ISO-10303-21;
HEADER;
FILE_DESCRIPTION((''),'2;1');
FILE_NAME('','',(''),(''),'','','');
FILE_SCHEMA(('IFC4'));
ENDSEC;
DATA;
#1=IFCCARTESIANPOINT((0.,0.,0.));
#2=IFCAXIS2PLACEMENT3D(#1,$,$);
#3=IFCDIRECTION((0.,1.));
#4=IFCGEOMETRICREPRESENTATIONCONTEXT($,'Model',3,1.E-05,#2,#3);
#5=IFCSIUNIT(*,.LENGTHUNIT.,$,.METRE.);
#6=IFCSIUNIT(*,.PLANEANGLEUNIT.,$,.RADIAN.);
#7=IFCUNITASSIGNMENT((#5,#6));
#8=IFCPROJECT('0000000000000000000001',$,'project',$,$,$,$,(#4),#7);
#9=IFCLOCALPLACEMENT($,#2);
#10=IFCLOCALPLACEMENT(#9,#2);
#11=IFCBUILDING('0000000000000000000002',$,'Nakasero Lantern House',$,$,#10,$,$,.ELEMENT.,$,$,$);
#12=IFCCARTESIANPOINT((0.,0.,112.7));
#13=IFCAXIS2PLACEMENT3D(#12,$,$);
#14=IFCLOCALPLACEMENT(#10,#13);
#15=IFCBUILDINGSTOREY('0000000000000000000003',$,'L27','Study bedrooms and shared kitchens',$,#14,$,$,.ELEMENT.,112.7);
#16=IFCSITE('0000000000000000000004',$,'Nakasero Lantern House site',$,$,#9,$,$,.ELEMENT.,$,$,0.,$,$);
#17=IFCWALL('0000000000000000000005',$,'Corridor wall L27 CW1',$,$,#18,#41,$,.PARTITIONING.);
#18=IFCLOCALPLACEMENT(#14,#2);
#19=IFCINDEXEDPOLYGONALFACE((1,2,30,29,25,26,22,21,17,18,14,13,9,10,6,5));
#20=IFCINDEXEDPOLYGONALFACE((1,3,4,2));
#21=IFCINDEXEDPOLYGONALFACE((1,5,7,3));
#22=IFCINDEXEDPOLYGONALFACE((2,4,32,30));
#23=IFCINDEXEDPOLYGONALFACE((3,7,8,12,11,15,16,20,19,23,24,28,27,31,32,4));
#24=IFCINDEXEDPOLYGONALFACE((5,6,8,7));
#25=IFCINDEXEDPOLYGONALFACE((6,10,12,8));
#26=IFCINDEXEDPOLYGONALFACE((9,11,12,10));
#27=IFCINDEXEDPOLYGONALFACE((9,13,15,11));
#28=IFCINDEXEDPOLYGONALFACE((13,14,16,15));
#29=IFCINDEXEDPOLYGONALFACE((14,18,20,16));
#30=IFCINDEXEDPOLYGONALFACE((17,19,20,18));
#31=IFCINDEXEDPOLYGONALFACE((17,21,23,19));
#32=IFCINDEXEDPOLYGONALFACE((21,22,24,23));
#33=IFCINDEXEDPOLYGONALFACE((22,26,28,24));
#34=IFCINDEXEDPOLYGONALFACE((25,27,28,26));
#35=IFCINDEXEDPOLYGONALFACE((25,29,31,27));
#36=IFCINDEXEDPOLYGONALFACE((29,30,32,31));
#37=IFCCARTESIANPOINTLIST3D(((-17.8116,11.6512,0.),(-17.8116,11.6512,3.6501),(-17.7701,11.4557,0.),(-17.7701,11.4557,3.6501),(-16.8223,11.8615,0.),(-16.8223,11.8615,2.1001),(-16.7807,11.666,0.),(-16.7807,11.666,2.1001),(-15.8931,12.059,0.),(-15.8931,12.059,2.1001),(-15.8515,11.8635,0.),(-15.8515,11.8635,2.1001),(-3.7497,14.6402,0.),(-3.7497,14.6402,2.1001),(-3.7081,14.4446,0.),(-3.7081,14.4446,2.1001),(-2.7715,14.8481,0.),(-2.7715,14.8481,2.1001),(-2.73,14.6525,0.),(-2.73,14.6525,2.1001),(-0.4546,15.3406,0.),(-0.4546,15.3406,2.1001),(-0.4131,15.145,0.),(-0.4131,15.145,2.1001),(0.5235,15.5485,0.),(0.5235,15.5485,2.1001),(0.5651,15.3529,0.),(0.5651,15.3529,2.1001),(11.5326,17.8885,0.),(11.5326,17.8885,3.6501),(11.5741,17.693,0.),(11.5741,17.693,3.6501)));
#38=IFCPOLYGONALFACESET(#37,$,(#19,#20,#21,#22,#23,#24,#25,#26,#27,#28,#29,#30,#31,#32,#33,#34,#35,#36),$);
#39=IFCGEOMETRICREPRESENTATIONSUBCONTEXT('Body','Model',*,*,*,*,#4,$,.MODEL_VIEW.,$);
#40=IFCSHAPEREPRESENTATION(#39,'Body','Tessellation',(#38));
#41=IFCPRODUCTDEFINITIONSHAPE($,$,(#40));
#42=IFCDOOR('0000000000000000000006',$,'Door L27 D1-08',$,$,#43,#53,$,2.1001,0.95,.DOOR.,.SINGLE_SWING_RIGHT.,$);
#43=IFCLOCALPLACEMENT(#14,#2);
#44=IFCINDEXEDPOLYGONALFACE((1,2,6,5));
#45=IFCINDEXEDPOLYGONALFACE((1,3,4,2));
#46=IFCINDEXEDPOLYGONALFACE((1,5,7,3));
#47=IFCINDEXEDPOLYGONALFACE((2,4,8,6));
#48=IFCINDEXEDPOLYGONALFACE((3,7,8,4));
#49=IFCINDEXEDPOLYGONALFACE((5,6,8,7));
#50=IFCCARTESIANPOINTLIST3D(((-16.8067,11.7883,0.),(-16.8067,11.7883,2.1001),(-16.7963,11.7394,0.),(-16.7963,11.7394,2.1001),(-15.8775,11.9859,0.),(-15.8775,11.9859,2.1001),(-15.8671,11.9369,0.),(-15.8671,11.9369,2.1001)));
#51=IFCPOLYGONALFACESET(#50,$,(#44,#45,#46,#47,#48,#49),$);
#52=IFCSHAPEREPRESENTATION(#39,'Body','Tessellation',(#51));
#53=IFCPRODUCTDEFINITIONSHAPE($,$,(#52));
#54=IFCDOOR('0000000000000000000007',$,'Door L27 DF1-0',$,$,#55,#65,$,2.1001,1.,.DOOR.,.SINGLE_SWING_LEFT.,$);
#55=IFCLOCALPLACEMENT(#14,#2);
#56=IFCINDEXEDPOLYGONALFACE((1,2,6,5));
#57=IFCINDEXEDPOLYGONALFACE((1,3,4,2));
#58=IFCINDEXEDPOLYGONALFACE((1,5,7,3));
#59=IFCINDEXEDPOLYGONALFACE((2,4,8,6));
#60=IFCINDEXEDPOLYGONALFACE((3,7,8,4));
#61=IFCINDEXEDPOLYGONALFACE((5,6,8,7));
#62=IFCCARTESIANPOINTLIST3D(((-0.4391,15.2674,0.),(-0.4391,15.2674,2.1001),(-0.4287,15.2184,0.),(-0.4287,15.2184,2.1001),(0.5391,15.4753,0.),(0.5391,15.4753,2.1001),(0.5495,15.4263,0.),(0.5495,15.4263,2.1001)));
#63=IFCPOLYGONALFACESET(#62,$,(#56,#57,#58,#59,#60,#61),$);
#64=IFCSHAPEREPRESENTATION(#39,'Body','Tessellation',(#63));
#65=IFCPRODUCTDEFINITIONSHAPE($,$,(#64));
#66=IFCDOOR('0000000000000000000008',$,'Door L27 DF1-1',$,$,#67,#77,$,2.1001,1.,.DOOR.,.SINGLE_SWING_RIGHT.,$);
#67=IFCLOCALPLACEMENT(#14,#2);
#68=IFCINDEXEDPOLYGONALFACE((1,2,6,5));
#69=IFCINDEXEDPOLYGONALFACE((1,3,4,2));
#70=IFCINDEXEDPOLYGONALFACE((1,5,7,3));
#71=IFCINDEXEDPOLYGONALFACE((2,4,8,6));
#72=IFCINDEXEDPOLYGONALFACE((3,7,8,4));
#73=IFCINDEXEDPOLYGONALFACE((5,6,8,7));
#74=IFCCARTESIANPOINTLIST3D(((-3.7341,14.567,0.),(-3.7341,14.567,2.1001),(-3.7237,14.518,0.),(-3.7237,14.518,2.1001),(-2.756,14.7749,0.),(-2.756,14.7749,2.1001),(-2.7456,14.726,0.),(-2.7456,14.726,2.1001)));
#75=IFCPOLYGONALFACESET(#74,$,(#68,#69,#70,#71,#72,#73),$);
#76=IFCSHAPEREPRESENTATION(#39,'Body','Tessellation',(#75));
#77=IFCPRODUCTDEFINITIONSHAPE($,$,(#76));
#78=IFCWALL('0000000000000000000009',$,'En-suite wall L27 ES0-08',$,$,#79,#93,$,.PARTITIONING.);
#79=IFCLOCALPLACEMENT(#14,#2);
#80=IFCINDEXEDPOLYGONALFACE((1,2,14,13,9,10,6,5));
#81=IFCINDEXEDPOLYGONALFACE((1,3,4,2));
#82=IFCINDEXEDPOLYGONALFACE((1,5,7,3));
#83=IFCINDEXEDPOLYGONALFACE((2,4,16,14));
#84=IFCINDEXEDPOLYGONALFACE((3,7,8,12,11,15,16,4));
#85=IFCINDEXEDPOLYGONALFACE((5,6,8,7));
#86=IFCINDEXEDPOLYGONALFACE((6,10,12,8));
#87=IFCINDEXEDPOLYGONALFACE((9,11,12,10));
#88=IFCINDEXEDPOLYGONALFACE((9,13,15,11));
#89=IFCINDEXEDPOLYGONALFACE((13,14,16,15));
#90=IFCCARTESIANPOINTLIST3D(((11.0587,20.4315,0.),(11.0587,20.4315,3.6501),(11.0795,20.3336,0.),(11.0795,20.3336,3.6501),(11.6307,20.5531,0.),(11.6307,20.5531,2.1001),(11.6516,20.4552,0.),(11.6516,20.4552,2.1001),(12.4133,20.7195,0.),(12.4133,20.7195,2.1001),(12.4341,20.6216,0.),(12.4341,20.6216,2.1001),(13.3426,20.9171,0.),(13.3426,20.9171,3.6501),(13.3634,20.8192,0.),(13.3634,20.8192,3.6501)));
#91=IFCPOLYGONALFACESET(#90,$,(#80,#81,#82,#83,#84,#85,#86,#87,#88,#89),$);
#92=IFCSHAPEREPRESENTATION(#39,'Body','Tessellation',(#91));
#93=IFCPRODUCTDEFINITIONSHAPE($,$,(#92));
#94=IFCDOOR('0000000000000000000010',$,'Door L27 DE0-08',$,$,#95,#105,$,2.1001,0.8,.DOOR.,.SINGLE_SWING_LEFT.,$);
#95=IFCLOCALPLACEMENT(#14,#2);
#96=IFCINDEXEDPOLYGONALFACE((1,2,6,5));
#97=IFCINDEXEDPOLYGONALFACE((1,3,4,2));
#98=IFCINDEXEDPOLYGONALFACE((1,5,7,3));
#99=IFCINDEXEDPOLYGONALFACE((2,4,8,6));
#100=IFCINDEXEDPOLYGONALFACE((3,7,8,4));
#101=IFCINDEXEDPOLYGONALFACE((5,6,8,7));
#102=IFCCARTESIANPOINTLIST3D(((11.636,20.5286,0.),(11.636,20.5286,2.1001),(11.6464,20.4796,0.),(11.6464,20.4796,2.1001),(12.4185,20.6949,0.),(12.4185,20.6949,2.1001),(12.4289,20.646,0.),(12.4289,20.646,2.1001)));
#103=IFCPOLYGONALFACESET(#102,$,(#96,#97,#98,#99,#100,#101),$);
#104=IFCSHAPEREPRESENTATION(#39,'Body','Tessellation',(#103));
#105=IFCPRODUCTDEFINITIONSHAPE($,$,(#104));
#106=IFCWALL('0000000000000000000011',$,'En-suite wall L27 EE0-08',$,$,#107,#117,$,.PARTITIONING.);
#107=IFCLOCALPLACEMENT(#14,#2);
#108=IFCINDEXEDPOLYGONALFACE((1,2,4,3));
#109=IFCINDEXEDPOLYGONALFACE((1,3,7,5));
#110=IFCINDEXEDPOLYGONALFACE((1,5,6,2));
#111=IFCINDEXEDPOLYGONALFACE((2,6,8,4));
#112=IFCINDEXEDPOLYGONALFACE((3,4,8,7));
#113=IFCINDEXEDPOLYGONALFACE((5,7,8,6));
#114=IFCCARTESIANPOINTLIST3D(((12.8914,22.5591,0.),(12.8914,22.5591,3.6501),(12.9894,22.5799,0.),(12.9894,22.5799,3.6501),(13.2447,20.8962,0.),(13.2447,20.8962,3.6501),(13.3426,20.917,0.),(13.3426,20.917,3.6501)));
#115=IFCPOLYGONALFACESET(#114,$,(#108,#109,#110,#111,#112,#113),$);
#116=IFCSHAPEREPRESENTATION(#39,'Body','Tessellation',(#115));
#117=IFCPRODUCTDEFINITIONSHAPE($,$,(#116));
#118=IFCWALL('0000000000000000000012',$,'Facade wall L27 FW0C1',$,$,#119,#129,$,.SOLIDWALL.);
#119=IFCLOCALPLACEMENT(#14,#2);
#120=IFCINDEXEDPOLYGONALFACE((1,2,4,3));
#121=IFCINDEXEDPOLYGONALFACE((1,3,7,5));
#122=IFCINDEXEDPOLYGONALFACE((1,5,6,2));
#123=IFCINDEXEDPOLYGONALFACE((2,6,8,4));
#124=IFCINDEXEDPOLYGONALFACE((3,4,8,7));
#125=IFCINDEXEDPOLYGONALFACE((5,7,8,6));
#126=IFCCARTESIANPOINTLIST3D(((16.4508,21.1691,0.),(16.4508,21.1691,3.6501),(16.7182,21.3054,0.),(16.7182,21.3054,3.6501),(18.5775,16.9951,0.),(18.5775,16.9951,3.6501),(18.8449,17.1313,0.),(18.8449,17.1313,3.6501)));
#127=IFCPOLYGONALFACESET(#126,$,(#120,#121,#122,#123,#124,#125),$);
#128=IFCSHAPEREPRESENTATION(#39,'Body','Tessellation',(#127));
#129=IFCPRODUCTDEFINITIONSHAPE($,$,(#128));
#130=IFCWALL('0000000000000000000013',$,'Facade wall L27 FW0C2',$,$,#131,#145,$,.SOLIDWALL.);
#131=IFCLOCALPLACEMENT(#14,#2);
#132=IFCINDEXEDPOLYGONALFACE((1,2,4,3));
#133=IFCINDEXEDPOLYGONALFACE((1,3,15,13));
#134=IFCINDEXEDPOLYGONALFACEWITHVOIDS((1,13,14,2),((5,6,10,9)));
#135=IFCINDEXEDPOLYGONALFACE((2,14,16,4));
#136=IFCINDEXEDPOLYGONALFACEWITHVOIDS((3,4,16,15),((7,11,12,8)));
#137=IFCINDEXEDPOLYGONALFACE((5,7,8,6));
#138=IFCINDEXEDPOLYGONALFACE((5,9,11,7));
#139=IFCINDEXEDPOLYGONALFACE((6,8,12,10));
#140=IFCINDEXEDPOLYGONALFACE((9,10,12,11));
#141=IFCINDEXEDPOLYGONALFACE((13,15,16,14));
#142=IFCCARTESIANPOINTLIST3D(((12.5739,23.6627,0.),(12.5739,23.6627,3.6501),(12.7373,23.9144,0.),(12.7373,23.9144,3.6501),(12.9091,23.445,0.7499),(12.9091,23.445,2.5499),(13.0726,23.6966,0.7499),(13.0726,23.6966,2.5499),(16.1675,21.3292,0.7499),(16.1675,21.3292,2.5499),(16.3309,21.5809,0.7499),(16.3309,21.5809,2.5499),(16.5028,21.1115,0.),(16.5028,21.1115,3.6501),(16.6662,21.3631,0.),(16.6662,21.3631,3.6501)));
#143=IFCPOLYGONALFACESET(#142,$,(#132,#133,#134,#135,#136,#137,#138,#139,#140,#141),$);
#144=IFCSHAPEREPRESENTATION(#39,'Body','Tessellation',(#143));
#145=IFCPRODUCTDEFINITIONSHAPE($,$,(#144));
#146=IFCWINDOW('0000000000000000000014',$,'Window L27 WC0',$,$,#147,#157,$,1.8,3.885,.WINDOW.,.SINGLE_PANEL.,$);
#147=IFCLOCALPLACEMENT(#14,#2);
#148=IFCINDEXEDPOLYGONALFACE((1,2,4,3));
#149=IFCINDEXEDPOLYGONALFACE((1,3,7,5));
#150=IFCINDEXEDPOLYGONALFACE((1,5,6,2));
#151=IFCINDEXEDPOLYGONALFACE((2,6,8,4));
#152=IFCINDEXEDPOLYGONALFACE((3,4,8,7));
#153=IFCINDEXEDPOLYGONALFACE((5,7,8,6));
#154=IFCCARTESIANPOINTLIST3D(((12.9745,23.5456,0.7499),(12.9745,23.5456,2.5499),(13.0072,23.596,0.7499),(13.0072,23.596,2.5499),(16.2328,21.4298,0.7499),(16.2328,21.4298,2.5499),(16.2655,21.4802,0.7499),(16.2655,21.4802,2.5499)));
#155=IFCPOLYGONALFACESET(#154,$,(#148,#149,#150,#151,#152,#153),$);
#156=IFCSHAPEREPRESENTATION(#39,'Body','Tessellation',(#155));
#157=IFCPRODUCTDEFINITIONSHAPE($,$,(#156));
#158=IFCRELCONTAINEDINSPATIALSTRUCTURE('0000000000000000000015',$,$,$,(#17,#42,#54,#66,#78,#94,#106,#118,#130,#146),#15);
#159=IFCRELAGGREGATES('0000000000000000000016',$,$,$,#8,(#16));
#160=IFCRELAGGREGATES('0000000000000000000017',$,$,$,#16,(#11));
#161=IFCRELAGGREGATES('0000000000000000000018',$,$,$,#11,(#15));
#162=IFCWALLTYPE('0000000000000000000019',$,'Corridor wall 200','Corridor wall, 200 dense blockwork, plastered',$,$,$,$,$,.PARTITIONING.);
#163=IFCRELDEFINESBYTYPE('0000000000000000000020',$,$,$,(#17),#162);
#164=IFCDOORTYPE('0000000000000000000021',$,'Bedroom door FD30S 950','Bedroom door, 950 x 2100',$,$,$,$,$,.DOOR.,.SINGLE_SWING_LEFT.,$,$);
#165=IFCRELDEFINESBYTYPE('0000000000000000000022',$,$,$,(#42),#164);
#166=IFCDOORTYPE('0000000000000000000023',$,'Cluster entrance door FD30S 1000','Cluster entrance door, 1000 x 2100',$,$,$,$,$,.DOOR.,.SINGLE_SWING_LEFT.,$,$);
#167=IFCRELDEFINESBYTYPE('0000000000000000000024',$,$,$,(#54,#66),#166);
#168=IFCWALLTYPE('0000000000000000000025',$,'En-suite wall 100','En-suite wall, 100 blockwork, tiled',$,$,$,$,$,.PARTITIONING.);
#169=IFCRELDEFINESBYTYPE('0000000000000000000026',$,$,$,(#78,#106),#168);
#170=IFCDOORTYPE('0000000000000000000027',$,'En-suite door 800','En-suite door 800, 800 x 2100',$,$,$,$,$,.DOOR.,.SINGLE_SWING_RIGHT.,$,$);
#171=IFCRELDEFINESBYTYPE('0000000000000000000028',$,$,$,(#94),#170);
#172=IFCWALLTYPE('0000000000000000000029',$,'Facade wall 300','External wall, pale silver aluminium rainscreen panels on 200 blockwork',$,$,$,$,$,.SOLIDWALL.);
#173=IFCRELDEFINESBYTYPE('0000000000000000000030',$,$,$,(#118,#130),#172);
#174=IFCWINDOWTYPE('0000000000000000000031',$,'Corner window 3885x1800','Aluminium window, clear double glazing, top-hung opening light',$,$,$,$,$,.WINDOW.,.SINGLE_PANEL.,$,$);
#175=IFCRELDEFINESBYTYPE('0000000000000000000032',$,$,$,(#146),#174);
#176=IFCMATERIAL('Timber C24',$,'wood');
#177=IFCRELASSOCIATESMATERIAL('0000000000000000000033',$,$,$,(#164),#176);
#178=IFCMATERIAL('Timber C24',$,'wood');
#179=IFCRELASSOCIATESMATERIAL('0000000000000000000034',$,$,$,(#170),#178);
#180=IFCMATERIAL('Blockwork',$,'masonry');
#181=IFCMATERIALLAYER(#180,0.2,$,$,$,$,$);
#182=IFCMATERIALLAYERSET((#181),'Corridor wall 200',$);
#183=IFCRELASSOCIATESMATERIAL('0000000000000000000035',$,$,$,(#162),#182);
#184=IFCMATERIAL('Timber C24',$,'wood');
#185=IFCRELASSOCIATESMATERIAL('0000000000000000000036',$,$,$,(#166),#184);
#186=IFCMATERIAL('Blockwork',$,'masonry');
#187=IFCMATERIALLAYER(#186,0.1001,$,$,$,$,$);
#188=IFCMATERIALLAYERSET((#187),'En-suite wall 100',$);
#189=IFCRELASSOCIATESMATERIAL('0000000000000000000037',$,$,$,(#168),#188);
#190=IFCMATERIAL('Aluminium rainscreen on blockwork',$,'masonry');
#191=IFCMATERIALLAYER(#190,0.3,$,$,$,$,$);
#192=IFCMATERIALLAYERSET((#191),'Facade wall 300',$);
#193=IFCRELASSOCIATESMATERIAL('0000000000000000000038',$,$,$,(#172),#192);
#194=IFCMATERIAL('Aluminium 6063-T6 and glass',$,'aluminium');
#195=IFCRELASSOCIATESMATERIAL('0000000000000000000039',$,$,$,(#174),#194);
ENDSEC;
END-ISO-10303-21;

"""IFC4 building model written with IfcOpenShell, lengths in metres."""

from ifc_helpers import new_model, si_unit, direction, frame, frame_2d, origin, place, context, subcontext, project, spatial, rectangle, extrude, material, layer, layer_set, type_object, element, fill, save


model = new_model("IFC4")

# Units and contexts
model_context = context("Model", 3, precision=1e-05, world=origin(), true_north=direction((0.0, 1.0)))
body_context = subcontext(model_context, "Body", "Model", "MODEL_VIEW")
ifc_project = project(units=[si_unit("LENGTHUNIT", "METRE"), si_unit("PLANEANGLEUNIT", "RADIAN")], contexts=[model_context])

# Site, building, storey
site_placement = place(None, origin())
site = spatial("IfcSite", under=ifc_project, at=site_placement, Name="Nakasero Lantern House site", CompositionType="ELEMENT", RefElevation=0.0)
building_placement = place(site_placement, origin())
building = spatial("IfcBuilding", under=site, at=building_placement, Name="Nakasero Lantern House", CompositionType="ELEMENT")
storey_placement = place(building_placement, frame((0.0, 0.0, 112.7)))
storey = spatial("IfcBuildingStorey", under=building, at=storey_placement, Name="L27", Description="Study bedrooms and shared kitchens", CompositionType="ELEMENT", Elevation=112.7)

# Wall, openings, doors
ifc_material_1 = material(Name="Timber C24", Category="wood")
door_type_1 = type_object("IfcDoorType", Name="Bedroom door FD30S 950", Description="Bedroom door, 950 x 2100", OperationType="SINGLE_SWING_LEFT", PredefinedType="DOOR", material=ifc_material_1)
ifc_material_2 = material(Name="Timber C24", Category="wood")
door_type_2 = type_object("IfcDoorType", Name="En-suite door 800", Description="En-suite door 800, 800 x 2100", OperationType="SINGLE_SWING_RIGHT", PredefinedType="DOOR", material=ifc_material_2)
ifc_material_3 = material(Name="Blockwork", Category="masonry")
ifc_layer_1 = layer(ifc_material_3, 0.2)
ifc_layer_set_1 = layer_set([ifc_layer_1], Name="Corridor wall 200")
wall_type_1 = type_object("IfcWallType", Name="Corridor wall 200", Description="Corridor wall, 200 dense blockwork, plastered", PredefinedType="PARTITIONING", material=ifc_layer_set_1)
wall_1_placement = place(storey_placement, frame((11.5535, 17.7908, 0.0), z_axis=(0.0, 0.0, 1.0), x_axis=(-0.978148, -0.207912, 0.0)))
wall_1 = element("IfcWall", 1, at=wall_1_placement, inside=storey, type_object=wall_type_1, Name="Corridor wall L27 CW1", PredefinedType="PARTITIONING", context=body_context, shape_type="SweptSolid", body=[
    extrude(rectangle(XDim=29.9998, YDim=0.2, at=frame_2d((15.0, 0.0))), origin(), (0.0, 0.0, 1.0), 3.6501),
])
opening_1_placement = place(wall_1_placement, frame((11.2551, 0.0, 0.0)))
opening_1 = element("IfcOpeningElement", 2, at=opening_1_placement, cuts=wall_1, PredefinedType="OPENING", context=body_context, shape_type="SweptSolid", body=[
    extrude(rectangle(XDim=1.0, YDim=2.1001, at=frame_2d((0.5, 1.05))), frame((0.0, 0.1199, 0.0), z_axis=(0.0, -1.0, 0.0), x_axis=(1.0, 0.0, 0.0)), (0.0, 0.0, 1.0), 0.24),
])
opening_2_placement = place(wall_1_placement, frame((14.6238, 0.0, 0.0)))
opening_2 = element("IfcOpeningElement", 3, at=opening_2_placement, cuts=wall_1, PredefinedType="OPENING", context=body_context, shape_type="SweptSolid", body=[
    extrude(rectangle(XDim=1.0, YDim=2.1001, at=frame_2d((0.5, 1.05))), frame((0.0, 0.1199, 0.0), z_axis=(0.0, -1.0, 0.0), x_axis=(1.0, 0.0, 0.0)), (0.0, 0.0, 1.0), 0.24),
])
opening_3_placement = place(wall_1_placement, frame((28.0383, 0.0, 0.0)))
opening_3 = element("IfcOpeningElement", 4, at=opening_3_placement, cuts=wall_1, PredefinedType="OPENING", context=body_context, shape_type="SweptSolid", body=[
    extrude(rectangle(XDim=0.95, YDim=2.1001, at=frame_2d((0.4751, 1.05))), frame((0.0, 0.1199, 0.0), z_axis=(0.0, -1.0, 0.0), x_axis=(1.0, 0.0, 0.0)), (0.0, 0.0, 1.0), 0.24),
])
door_1_placement = place(opening_3_placement, origin())
door_1 = element("IfcDoor", 5, at=door_1_placement, inside=storey, type_object=door_type_1, Name="Door L27 D1-08", OperationType="SINGLE_SWING_RIGHT", OverallHeight=2.1001, OverallWidth=0.95, PredefinedType="DOOR", context=body_context, shape_type="SweptSolid", body=[
    extrude(rectangle(XDim=0.95, YDim=2.1001, at=frame_2d((0.4751, 1.05))), frame((0.0, 0.0249, 0.0), z_axis=(0.0, -1.0, 0.0), x_axis=(1.0, 0.0, 0.0)), (0.0, 0.0, 1.0), 0.05),
])
fill(opening_3, door_1)
ifc_material_4 = material(Name="Timber C24", Category="wood")
door_type_3 = type_object("IfcDoorType", Name="Cluster entrance door FD30S 1000", Description="Cluster entrance door, 1000 x 2100", OperationType="SINGLE_SWING_LEFT", PredefinedType="DOOR", material=ifc_material_4)
door_2_placement = place(opening_1_placement, origin())
door_2 = element("IfcDoor", 6, at=door_2_placement, inside=storey, type_object=door_type_3, Name="Door L27 DF1-0", OperationType="SINGLE_SWING_LEFT", OverallHeight=2.1001, OverallWidth=1.0, PredefinedType="DOOR", context=body_context, shape_type="SweptSolid", body=[
    extrude(rectangle(XDim=1.0, YDim=2.1001, at=frame_2d((0.5, 1.05))), frame((0.0, 0.0249, 0.0), z_axis=(0.0, -1.0, 0.0), x_axis=(1.0, 0.0, 0.0)), (0.0, 0.0, 1.0), 0.05),
])
fill(opening_1, door_2)
door_3_placement = place(opening_2_placement, origin())
door_3 = element("IfcDoor", 7, at=door_3_placement, inside=storey, type_object=door_type_3, Name="Door L27 DF1-1", OperationType="SINGLE_SWING_RIGHT", OverallHeight=2.1001, OverallWidth=1.0, PredefinedType="DOOR", context=body_context, shape_type="SweptSolid", body=[
    extrude(rectangle(XDim=1.0, YDim=2.1001, at=frame_2d((0.5, 1.05))), frame((0.0, 0.0249, 0.0), z_axis=(0.0, -1.0, 0.0), x_axis=(1.0, 0.0, 0.0)), (0.0, 0.0, 1.0), 0.05),
])
fill(opening_2, door_3)

# Wall, opening, door
ifc_material_5 = material(Name="Blockwork", Category="masonry")
ifc_layer_2 = layer(ifc_material_5, 0.1001)
ifc_layer_set_2 = layer_set([ifc_layer_2], Name="En-suite wall 100")
wall_type_2 = type_object("IfcWallType", Name="En-suite wall 100", Description="En-suite wall, 100 blockwork, tiled", PredefinedType="PARTITIONING", material=ifc_layer_set_2)
wall_2_placement = place(storey_placement, frame((11.0691, 20.3826, 0.0), z_axis=(0.0, 0.0, 1.0), x_axis=(0.978136, 0.207965, 0.0)))
wall_2 = element("IfcWall", 8, at=wall_2_placement, inside=storey, type_object=wall_type_2, Name="En-suite wall L27 ES0-08", PredefinedType="PARTITIONING", context=body_context, shape_type="SweptSolid", body=[
    extrude(rectangle(XDim=2.335, YDim=0.1001, at=frame_2d((1.1675, 0.0))), origin(), (0.0, 0.0, 1.0), 3.6501),
])
opening_4_placement = place(wall_2_placement, frame((0.585, 0.0, 0.0)))
opening_4 = element("IfcOpeningElement", 9, at=opening_4_placement, cuts=wall_2, PredefinedType="OPENING", context=body_context, shape_type="SweptSolid", body=[
    extrude(rectangle(XDim=0.8, YDim=2.1001, at=frame_2d((0.3999, 1.05))), frame((0.0, 0.0701, 0.0), z_axis=(0.0, -1.0, 0.0), x_axis=(1.0, 0.0, 0.0)), (0.0, 0.0, 1.0), 0.1401),
])
door_4_placement = place(opening_4_placement, origin())
door_4 = element("IfcDoor", 10, at=door_4_placement, inside=storey, type_object=door_type_2, Name="Door L27 DE0-08", OperationType="SINGLE_SWING_LEFT", OverallHeight=2.1001, OverallWidth=0.8, PredefinedType="DOOR", context=body_context, shape_type="SweptSolid", body=[
    extrude(rectangle(XDim=0.8, YDim=2.1001, at=frame_2d((0.3999, 1.05))), frame((0.0, 0.0249, 0.0), z_axis=(0.0, -1.0, 0.0), x_axis=(1.0, 0.0, 0.0)), (0.0, 0.0, 1.0), 0.05),
])
fill(opening_4, door_4)

# Walls
wall_3_placement = place(storey_placement, frame((13.2937, 20.9065, 0.0), z_axis=(0.0, 0.0, 1.0), x_axis=(-0.207812, 0.978169, 0.0)))
element("IfcWall", 11, at=wall_3_placement, inside=storey, type_object=wall_type_2, Name="En-suite wall L27 EE0-08", PredefinedType="PARTITIONING", context=body_context, shape_type="SweptSolid", body=[
    extrude(rectangle(XDim=1.7, YDim=0.1001, at=frame_2d((0.8501, 0.0))), origin(), (0.0, 0.0, 1.0), 3.6501),
])
ifc_material_6 = material(Name="Aluminium rainscreen on blockwork", Category="masonry")
ifc_layer_3 = layer(ifc_material_6, 0.3)
ifc_layer_set_3 = layer_set([ifc_layer_3], Name="Facade wall 300")
wall_type_3 = type_object("IfcWallType", Name="Facade wall 300", Description="External wall, pale silver aluminium rainscreen panels on 200 blockwork", PredefinedType="SOLIDWALL", material=ifc_layer_set_3)
wall_4_placement = place(storey_placement, frame((18.7112, 17.0632, 0.0), z_axis=(0.0, 0.0, 1.0), x_axis=(-0.453976, 0.891014, 0.0)))
element("IfcWall", 12, at=wall_4_placement, inside=storey, type_object=wall_type_3, Name="Facade wall L27 FW0C1", PredefinedType="SOLIDWALL", context=body_context, shape_type="SweptSolid", body=[
    extrude(rectangle(XDim=4.6846, YDim=0.3, at=frame_2d((2.3423, 0.0))), origin(), (0.0, 0.0, 1.0), 3.6501),
])

# Wall, opening, window
wall_5_placement = place(storey_placement, frame((16.5845, 21.2373, 0.0), z_axis=(0.0, 0.0, 1.0), x_axis=(-0.838692, 0.544605, 0.0)))
wall_5 = element("IfcWall", 13, at=wall_5_placement, inside=storey, type_object=wall_type_3, Name="Facade wall L27 FW0C2", PredefinedType="SOLIDWALL", context=body_context, shape_type="SweptSolid", body=[
    extrude(rectangle(XDim=4.6846, YDim=0.3, at=frame_2d((2.3423, 0.0))), origin(), (0.0, 0.0, 1.0), 3.6501),
])
opening_5_placement = place(wall_5_placement, frame((0.3999, 0.0, 0.75)))
opening_5 = element("IfcOpeningElement", 14, at=opening_5_placement, cuts=wall_5, PredefinedType="OPENING", context=body_context, shape_type="SweptSolid", body=[
    extrude(rectangle(XDim=3.885, YDim=1.8, at=frame_2d((1.9424, 0.8999))), frame((0.0, 0.1699, 0.0), z_axis=(0.0, -1.0, 0.0), x_axis=(1.0, 0.0, 0.0)), (0.0, 0.0, 1.0), 0.3401),
])
ifc_material_7 = material(Name="Aluminium 6063-T6 and glass", Category="aluminium")
window_type_1 = type_object("IfcWindowType", Name="Corner window 3885x1800", Description="Aluminium window, clear double glazing, top-hung opening light", PartitioningType="SINGLE_PANEL", PredefinedType="WINDOW", material=ifc_material_7)
window_1_placement = place(opening_5_placement, origin())
window_1 = element("IfcWindow", 15, at=window_1_placement, inside=storey, type_object=window_type_1, Name="Window L27 WC0", OverallHeight=1.8, OverallWidth=3.885, PartitioningType="SINGLE_PANEL", PredefinedType="WINDOW", context=body_context, shape_type="SweptSolid", body=[
    extrude(rectangle(XDim=3.885, YDim=1.8, at=frame_2d((1.9424, 0.8999))), frame((0.0, 0.03, 0.0), z_axis=(0.0, -1.0, 0.0), x_axis=(1.0, 0.0, 0.0)), (0.0, 0.0, 1.0), 0.0601),
])
fill(opening_5, window_1)

save(model, "model.ifc")
